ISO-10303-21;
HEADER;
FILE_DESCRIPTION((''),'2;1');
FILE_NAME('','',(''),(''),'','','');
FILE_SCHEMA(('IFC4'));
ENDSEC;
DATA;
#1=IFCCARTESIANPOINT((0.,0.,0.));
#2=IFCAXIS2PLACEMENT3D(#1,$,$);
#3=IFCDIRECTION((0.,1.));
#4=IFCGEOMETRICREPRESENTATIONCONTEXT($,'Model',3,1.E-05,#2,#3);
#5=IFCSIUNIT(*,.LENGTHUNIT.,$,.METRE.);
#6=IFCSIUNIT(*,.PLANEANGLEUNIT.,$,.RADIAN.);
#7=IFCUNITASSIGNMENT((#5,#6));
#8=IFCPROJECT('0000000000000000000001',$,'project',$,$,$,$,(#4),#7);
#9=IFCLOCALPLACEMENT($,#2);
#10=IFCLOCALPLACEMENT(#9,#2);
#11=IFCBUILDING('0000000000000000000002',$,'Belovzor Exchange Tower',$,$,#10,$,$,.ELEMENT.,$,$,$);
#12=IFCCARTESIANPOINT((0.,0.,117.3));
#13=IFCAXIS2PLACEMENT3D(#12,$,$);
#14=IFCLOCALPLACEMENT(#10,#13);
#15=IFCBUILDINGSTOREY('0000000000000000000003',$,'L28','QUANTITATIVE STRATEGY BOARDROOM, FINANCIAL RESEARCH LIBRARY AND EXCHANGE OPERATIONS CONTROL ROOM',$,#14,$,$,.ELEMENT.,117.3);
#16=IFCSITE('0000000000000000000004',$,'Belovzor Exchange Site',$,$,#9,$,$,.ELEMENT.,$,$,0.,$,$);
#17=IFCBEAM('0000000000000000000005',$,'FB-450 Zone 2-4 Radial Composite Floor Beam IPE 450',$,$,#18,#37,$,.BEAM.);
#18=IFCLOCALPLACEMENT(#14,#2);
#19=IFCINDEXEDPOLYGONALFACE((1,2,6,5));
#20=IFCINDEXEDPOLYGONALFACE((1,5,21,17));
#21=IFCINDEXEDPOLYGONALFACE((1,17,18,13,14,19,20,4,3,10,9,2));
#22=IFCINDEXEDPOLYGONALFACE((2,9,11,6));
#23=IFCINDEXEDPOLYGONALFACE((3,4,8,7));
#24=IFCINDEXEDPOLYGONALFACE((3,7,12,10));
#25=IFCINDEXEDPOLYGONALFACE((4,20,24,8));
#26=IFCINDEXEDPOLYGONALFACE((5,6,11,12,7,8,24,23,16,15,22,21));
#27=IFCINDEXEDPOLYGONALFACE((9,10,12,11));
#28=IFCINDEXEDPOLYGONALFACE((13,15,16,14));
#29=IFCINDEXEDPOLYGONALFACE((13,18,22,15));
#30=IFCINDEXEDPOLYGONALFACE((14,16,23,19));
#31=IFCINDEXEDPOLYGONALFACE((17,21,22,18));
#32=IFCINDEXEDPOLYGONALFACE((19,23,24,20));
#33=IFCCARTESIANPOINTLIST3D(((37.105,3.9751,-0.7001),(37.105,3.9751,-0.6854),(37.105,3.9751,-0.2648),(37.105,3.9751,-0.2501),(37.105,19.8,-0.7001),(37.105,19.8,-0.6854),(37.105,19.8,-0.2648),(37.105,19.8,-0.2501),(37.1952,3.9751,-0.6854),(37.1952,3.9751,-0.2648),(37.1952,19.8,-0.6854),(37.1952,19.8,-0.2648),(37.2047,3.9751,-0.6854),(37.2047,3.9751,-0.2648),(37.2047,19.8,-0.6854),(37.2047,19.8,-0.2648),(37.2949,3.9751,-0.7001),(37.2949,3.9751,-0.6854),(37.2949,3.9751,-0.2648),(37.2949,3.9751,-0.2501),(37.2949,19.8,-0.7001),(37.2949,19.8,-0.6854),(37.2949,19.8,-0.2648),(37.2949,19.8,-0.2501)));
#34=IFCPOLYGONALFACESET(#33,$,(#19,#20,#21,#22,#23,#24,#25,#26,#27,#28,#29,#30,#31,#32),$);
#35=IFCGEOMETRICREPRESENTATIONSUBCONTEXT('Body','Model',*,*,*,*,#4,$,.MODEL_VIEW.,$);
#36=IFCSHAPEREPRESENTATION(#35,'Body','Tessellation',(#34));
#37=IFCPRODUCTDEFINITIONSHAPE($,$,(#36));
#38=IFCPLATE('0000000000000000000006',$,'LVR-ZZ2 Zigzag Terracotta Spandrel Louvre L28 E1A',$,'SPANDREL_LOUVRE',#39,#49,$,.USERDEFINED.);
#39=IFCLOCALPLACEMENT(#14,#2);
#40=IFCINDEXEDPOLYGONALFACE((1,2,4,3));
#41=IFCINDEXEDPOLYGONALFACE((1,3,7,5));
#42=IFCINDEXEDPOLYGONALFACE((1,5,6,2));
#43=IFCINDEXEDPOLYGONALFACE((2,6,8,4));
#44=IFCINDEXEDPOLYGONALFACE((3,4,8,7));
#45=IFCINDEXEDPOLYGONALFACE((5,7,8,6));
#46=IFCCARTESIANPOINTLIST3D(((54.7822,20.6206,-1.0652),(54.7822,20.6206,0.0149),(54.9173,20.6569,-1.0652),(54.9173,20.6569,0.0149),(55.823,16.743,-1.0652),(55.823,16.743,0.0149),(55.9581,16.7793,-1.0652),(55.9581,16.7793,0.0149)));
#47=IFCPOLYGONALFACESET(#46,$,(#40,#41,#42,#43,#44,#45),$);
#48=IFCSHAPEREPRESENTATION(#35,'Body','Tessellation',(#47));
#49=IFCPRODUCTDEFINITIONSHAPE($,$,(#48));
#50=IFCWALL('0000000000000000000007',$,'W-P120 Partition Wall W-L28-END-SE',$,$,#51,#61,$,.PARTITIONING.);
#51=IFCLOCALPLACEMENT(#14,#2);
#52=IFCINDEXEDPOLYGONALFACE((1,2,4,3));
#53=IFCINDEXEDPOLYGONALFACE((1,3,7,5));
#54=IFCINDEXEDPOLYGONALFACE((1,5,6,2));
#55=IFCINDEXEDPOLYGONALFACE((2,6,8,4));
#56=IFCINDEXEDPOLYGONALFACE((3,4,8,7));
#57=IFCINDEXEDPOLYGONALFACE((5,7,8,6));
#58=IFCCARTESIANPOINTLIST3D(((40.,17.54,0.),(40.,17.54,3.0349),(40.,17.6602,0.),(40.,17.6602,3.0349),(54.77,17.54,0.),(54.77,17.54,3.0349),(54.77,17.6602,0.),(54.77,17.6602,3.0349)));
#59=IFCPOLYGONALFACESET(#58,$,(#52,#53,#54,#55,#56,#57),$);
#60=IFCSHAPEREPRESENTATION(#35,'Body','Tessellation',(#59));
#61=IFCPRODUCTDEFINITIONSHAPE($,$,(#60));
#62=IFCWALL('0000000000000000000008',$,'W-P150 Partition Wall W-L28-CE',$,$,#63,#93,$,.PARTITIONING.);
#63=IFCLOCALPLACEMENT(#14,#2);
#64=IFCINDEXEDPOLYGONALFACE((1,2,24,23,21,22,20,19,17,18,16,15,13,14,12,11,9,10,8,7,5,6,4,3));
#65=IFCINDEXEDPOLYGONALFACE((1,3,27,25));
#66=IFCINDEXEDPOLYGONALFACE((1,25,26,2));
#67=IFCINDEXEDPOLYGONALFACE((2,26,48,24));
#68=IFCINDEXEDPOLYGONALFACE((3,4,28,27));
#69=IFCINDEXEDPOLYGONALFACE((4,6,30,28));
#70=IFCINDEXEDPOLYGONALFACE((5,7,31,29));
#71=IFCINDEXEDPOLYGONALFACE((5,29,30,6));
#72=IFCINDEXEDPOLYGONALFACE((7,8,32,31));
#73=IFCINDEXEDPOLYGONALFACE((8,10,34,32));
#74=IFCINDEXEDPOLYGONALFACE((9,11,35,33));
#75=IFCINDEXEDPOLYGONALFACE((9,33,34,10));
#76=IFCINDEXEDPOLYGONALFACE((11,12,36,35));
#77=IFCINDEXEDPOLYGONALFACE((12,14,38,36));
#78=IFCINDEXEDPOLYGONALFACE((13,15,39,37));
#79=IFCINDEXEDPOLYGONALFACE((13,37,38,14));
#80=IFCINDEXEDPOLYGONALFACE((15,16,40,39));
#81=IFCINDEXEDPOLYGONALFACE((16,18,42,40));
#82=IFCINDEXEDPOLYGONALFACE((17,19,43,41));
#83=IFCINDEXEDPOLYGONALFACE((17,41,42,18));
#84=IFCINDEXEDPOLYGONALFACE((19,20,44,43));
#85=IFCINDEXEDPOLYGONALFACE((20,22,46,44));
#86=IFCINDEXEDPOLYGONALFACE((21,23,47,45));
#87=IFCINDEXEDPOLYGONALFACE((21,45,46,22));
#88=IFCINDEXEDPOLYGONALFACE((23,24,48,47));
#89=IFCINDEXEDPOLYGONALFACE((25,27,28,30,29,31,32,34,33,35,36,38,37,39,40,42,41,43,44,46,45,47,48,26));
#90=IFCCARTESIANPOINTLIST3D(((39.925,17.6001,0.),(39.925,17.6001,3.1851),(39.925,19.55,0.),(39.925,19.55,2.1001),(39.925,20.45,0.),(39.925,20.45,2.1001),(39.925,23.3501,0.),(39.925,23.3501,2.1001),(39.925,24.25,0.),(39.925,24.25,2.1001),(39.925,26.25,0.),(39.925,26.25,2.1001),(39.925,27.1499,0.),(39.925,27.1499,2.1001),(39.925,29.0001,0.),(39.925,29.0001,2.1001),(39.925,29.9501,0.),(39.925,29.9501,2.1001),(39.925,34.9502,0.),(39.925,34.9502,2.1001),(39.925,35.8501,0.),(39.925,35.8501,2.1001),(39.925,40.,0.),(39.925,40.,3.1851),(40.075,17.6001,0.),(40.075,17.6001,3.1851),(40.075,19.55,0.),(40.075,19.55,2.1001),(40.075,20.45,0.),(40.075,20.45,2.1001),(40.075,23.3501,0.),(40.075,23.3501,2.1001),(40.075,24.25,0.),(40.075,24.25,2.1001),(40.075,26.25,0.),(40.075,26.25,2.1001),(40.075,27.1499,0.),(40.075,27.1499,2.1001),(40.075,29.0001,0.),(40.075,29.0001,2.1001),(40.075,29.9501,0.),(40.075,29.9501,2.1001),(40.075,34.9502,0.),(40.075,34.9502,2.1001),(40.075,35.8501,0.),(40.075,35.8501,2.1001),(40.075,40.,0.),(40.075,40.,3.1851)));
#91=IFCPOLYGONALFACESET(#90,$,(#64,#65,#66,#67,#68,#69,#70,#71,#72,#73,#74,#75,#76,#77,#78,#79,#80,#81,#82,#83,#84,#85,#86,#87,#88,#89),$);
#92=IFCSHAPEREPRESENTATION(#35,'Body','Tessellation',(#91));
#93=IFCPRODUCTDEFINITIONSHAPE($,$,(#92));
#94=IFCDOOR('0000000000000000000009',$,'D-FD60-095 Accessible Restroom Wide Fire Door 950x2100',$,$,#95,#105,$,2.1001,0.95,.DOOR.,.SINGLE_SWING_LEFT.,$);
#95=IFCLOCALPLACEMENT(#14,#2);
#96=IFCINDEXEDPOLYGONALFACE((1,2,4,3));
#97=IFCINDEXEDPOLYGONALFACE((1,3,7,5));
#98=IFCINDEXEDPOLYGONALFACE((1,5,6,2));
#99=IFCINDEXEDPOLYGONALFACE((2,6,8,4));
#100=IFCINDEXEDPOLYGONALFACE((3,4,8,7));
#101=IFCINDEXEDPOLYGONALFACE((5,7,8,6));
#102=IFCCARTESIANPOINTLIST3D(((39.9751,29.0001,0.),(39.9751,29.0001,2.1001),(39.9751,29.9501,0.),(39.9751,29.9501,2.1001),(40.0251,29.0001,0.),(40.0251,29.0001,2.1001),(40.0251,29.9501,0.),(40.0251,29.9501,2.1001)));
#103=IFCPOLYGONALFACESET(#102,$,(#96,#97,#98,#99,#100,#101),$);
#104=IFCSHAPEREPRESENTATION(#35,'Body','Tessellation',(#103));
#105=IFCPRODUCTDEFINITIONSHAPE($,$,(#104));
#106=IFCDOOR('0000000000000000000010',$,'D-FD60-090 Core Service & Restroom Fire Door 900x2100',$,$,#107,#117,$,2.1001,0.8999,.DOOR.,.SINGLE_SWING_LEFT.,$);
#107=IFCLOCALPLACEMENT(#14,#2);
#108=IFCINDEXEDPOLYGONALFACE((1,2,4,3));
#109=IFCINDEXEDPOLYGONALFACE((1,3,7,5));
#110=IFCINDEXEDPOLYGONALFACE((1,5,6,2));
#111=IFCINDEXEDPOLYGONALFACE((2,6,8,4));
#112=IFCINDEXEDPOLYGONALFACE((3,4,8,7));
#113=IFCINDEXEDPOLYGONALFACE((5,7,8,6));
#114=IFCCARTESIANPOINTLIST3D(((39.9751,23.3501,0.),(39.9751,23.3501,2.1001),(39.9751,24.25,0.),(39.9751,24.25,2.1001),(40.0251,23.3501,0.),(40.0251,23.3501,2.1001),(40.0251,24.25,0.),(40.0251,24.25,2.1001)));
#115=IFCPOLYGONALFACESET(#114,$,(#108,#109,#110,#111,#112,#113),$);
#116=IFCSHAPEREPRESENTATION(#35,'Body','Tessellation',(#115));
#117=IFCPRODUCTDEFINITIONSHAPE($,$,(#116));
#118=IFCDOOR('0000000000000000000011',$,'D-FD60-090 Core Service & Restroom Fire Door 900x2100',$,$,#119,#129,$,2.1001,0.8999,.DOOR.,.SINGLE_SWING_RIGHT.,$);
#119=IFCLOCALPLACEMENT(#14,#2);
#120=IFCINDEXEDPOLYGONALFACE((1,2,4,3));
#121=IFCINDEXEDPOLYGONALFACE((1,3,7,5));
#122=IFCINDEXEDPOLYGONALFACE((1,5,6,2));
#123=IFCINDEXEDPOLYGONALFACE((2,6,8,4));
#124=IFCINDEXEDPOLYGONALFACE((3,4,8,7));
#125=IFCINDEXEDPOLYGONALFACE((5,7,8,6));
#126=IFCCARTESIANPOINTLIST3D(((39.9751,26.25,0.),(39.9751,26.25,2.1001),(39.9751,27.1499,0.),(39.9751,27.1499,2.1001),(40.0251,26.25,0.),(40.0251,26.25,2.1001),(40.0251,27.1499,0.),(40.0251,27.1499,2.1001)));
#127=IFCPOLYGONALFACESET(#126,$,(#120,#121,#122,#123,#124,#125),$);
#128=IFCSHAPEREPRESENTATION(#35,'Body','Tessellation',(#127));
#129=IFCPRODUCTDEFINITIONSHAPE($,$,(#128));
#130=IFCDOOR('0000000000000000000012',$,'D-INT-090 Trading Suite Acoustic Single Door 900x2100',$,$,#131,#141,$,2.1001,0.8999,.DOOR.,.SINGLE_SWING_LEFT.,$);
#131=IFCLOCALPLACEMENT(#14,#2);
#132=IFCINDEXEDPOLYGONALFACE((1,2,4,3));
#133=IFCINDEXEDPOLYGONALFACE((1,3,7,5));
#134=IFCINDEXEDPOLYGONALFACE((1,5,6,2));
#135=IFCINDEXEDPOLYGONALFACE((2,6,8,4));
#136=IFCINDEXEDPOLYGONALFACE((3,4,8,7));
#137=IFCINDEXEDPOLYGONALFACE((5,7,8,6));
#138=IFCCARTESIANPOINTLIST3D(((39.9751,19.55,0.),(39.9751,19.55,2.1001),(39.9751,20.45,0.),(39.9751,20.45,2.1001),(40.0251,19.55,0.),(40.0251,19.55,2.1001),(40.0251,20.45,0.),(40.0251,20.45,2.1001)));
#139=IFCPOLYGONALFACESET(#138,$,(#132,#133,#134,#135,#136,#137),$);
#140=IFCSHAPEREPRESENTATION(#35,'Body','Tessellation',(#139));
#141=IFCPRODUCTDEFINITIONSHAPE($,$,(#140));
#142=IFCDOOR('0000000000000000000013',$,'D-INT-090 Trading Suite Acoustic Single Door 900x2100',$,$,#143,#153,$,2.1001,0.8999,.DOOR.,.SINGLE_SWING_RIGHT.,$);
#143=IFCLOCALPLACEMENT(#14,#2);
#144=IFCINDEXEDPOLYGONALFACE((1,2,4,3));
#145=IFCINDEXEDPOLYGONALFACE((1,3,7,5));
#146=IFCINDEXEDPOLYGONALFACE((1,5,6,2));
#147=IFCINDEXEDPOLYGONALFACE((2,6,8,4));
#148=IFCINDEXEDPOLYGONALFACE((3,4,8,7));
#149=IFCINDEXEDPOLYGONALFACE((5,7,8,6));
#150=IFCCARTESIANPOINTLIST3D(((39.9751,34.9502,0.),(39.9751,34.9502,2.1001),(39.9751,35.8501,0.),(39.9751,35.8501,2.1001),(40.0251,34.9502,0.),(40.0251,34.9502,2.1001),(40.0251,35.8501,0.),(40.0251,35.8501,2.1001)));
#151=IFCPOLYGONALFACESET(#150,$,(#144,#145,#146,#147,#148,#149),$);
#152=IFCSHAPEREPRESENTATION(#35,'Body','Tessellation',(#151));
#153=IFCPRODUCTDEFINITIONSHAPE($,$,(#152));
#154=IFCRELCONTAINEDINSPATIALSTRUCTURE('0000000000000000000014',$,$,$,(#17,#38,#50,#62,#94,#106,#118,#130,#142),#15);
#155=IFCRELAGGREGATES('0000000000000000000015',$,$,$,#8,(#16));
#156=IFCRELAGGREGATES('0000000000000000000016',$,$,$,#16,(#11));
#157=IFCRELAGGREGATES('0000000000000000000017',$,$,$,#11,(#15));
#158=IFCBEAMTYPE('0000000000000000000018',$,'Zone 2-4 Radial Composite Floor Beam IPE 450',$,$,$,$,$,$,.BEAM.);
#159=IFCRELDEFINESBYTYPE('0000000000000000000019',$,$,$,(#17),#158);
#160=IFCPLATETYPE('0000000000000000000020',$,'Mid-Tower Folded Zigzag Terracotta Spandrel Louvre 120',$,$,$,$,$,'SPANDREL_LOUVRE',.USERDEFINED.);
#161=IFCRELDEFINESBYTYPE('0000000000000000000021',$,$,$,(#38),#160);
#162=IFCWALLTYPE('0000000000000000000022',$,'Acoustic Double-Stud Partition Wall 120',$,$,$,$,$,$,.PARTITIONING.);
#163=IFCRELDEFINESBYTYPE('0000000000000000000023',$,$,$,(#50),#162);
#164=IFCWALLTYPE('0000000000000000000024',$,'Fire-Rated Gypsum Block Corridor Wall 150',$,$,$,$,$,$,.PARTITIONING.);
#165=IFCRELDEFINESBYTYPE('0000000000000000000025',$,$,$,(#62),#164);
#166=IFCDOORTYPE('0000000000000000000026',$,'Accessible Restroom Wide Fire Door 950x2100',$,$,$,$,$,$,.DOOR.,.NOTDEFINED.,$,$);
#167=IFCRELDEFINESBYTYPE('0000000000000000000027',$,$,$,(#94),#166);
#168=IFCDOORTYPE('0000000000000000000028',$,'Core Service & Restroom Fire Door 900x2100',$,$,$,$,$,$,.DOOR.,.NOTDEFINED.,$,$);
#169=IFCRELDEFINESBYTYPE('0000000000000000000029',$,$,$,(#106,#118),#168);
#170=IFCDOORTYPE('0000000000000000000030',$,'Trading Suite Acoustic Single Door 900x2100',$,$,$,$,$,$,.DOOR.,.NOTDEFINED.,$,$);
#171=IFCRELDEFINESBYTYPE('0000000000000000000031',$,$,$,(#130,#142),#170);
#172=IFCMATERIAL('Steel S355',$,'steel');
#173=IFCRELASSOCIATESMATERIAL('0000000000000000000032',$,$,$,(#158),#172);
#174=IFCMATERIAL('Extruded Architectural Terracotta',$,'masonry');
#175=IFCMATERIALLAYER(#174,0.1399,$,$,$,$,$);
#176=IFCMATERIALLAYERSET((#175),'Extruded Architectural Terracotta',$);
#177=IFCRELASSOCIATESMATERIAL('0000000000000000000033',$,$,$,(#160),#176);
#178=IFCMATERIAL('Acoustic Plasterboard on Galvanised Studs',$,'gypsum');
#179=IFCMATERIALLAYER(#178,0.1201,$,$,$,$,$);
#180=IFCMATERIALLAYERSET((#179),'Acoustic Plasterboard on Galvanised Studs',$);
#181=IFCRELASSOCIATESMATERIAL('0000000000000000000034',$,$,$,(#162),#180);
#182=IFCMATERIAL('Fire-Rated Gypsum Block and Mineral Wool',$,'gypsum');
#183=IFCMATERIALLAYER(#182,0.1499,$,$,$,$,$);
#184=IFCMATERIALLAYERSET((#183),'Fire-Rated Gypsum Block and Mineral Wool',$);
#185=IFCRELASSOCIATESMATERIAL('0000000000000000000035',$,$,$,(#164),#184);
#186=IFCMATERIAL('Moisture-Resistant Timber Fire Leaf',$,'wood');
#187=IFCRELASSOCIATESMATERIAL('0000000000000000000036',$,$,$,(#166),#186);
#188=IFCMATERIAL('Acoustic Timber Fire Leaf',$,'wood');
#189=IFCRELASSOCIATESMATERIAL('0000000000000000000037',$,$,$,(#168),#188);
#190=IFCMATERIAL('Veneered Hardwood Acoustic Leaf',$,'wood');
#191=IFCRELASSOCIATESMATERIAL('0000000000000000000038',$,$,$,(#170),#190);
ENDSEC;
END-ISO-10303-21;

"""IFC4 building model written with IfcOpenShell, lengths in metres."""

from ifc_helpers import new_model, si_unit, direction, frame, frame_2d, origin, origin_2d, place, context, subcontext, project, spatial, rectangle, i_section, extrude, material, layer, layer_set, material_profile, profile_set, type_object, element, fill, save


model = new_model("IFC4")

# Units and contexts
model_context = context("Model", 3, precision=1e-05, world=origin(), true_north=direction((0.0, 1.0)))
body_context = subcontext(model_context, "Body", "Model", "MODEL_VIEW")
ifc_project = project(units=[si_unit("LENGTHUNIT", "METRE"), si_unit("PLANEANGLEUNIT", "RADIAN")], contexts=[model_context])

# Site, building, storey
site_placement = place(None, origin())
site = spatial("IfcSite", under=ifc_project, at=site_placement, Name="Belovzor Exchange Site", CompositionType="ELEMENT", RefElevation=0.0)
building_placement = place(site_placement, origin())
building = spatial("IfcBuilding", under=site, at=building_placement, Name="Belovzor Exchange Tower", CompositionType="ELEMENT")
storey_placement = place(building_placement, frame((0.0, 0.0, 117.3)))
storey = spatial("IfcBuildingStorey", under=building, at=storey_placement, Name="L28", Description="QUANTITATIVE STRATEGY BOARDROOM, FINANCIAL RESEARCH LIBRARY AND EXCHANGE OPERATIONS CONTROL ROOM", CompositionType="ELEMENT", Elevation=117.3)

# Beam
ifc_material_1 = material(Name="Steel S355", Category="steel")
ifc_material_profile_1 = material_profile(ifc_material_1, i_section(OverallWidth=0.1899, OverallDepth=0.45, WebThickness=0.0095, FlangeThickness=0.0146, at=origin_2d()))
ifc_profile_set_1 = profile_set([ifc_material_profile_1], Name="Steel S355")
beam_type_1 = type_object("IfcBeamType", Name="Zone 2-4 Radial Composite Floor Beam IPE 450", PredefinedType="BEAM", material=ifc_profile_set_1)
beam_1_placement = place(storey_placement, frame((37.2, 19.8, -0.4751), z_axis=(0.0, -1.0, 0.0), x_axis=(1.0, 0.0, 0.0)))
element("IfcBeam", 1, at=beam_1_placement, inside=storey, type_object=beam_type_1, Name="FB-450 Zone 2-4 Radial Composite Floor Beam IPE 450", PredefinedType="BEAM", context=body_context, shape_type="SweptSolid", body=[
    extrude(i_section(OverallWidth=0.1899, OverallDepth=0.45, WebThickness=0.0095, FlangeThickness=0.0146, at=origin_2d()), origin(), (0.0, 0.0, 1.0), 15.825),
])

# Plate
ifc_material_2 = material(Name="Extruded Architectural Terracotta", Category="masonry")
ifc_layer_1 = layer(ifc_material_2, 0.1399)
ifc_layer_set_1 = layer_set([ifc_layer_1], Name="Extruded Architectural Terracotta")
plate_type = type_object("IfcPlateType", Name="Mid-Tower Folded Zigzag Terracotta Spandrel Louvre 120", ElementType="SPANDREL_LOUVRE", PredefinedType="USERDEFINED", material=ifc_layer_set_1)
plate_placement = place(storey_placement, frame((55.3701, 18.7, -1.0652), z_axis=(0.0, 0.0, 1.0), x_axis=(-0.25924, 0.965813, 0.0)))
element("IfcPlate", 2, at=plate_placement, inside=storey, type_object=plate_type, Name="LVR-ZZ2 Zigzag Terracotta Spandrel Louvre L28 E1A", ObjectType="SPANDREL_LOUVRE", PredefinedType="USERDEFINED", context=body_context, shape_type="SweptSolid", body=[
    extrude(rectangle(XDim=4.0149, YDim=0.1399, at=origin_2d()), origin(), (0.0, 0.0, 1.0), 1.0801),
])

# Wall
ifc_material_3 = material(Name="Acoustic Plasterboard on Galvanised Studs", Category="gypsum")
ifc_layer_2 = layer(ifc_material_3, 0.1201)
ifc_layer_set_2 = layer_set([ifc_layer_2], Name="Acoustic Plasterboard on Galvanised Studs")
wall_type_1 = type_object("IfcWallType", Name="Acoustic Double-Stud Partition Wall 120", PredefinedType="PARTITIONING", material=ifc_layer_set_2)
wall_1_placement = place(storey_placement, frame((40.0, 17.6001, 0.0), z_axis=(0.0, 0.0, 1.0), x_axis=(1.0, 0.0, 0.0)))
element("IfcWall", 3, at=wall_1_placement, inside=storey, type_object=wall_type_1, Name="W-P120 Partition Wall W-L28-END-SE", PredefinedType="PARTITIONING", context=body_context, shape_type="SweptSolid", body=[
    extrude(rectangle(XDim=14.77, YDim=0.1201, at=frame_2d((7.385, 0.0))), origin(), (0.0, 0.0, 1.0), 3.0349),
])

# Wall, openings, doors
ifc_material_4 = material(Name="Fire-Rated Gypsum Block and Mineral Wool", Category="gypsum")
ifc_layer_3 = layer(ifc_material_4, 0.1499)
ifc_layer_set_3 = layer_set([ifc_layer_3], Name="Fire-Rated Gypsum Block and Mineral Wool")
wall_type_2 = type_object("IfcWallType", Name="Fire-Rated Gypsum Block Corridor Wall 150", PredefinedType="PARTITIONING", material=ifc_layer_set_3)
wall_2_placement = place(storey_placement, frame((40.0, 17.6001, 0.0), z_axis=(0.0, 0.0, 1.0), x_axis=(0.0, 1.0, 0.0)))
wall_2 = element("IfcWall", 4, at=wall_2_placement, inside=storey, type_object=wall_type_2, Name="W-P150 Partition Wall W-L28-CE", PredefinedType="PARTITIONING", context=body_context, shape_type="SweptSolid", body=[
    extrude(rectangle(XDim=22.3999, YDim=0.1499, at=frame_2d((11.2, 0.0))), origin(), (0.0, 0.0, 1.0), 3.1851),
])
opening_1_placement = place(wall_2_placement, frame((1.95, 0.0, 0.0)))
opening_1 = element("IfcOpeningElement", 5, at=opening_1_placement, cuts=wall_2, PredefinedType="OPENING", context=body_context, shape_type="SweptSolid", body=[
    extrude(rectangle(XDim=0.8999, YDim=2.1001, at=frame_2d((0.45, 1.05))), frame((0.0, 0.085, 0.0), z_axis=(0.0, -1.0, 0.0), x_axis=(1.0, 0.0, 0.0)), (0.0, 0.0, 1.0), 0.1699),
])
opening_2_placement = place(wall_2_placement, frame((5.75, 0.0, 0.0)))
opening_2 = element("IfcOpeningElement", 6, at=opening_2_placement, cuts=wall_2, PredefinedType="OPENING", context=body_context, shape_type="SweptSolid", body=[
    extrude(rectangle(XDim=0.8999, YDim=2.1001, at=frame_2d((0.45, 1.05))), frame((0.0, 0.085, 0.0), z_axis=(0.0, -1.0, 0.0), x_axis=(1.0, 0.0, 0.0)), (0.0, 0.0, 1.0), 0.1699),
])
opening_3_placement = place(wall_2_placement, frame((8.6499, 0.0, 0.0)))
opening_3 = element("IfcOpeningElement", 7, at=opening_3_placement, cuts=wall_2, PredefinedType="OPENING", context=body_context, shape_type="SweptSolid", body=[
    extrude(rectangle(XDim=0.8999, YDim=2.1001, at=frame_2d((0.45, 1.05))), frame((0.0, 0.085, 0.0), z_axis=(0.0, -1.0, 0.0), x_axis=(1.0, 0.0, 0.0)), (0.0, 0.0, 1.0), 0.1699),
])
opening_4_placement = place(wall_2_placement, frame((11.3999, 0.0, 0.0)))
opening_4 = element("IfcOpeningElement", 8, at=opening_4_placement, cuts=wall_2, PredefinedType="OPENING", context=body_context, shape_type="SweptSolid", body=[
    extrude(rectangle(XDim=0.95, YDim=2.1001, at=frame_2d((0.4751, 1.05))), frame((0.0, 0.085, 0.0), z_axis=(0.0, -1.0, 0.0), x_axis=(1.0, 0.0, 0.0)), (0.0, 0.0, 1.0), 0.1699),
])
opening_5_placement = place(wall_2_placement, frame((17.3501, 0.0, 0.0)))
opening_5 = element("IfcOpeningElement", 9, at=opening_5_placement, cuts=wall_2, PredefinedType="OPENING", context=body_context, shape_type="SweptSolid", body=[
    extrude(rectangle(XDim=0.8999, YDim=2.1001, at=frame_2d((0.45, 1.05))), frame((0.0, 0.085, 0.0), z_axis=(0.0, -1.0, 0.0), x_axis=(1.0, 0.0, 0.0)), (0.0, 0.0, 1.0), 0.1699),
])
ifc_material_5 = material(Name="Moisture-Resistant Timber Fire Leaf", Category="wood")
door_type_1 = type_object("IfcDoorType", Name="Accessible Restroom Wide Fire Door 950x2100", OperationType="NOTDEFINED", PredefinedType="DOOR", material=ifc_material_5)
door_1_placement = place(opening_4_placement, origin())
door_1 = element("IfcDoor", 10, at=door_1_placement, inside=storey, type_object=door_type_1, Name="D-FD60-095 Accessible Restroom Wide Fire Door 950x2100", OperationType="SINGLE_SWING_LEFT", OverallHeight=2.1001, OverallWidth=0.95, PredefinedType="DOOR", context=body_context, shape_type="SweptSolid", body=[
    extrude(rectangle(XDim=0.95, YDim=2.1001, at=frame_2d((0.4751, 1.05))), frame((0.0, 0.0249, 0.0), z_axis=(0.0, -1.0, 0.0), x_axis=(1.0, 0.0, 0.0)), (0.0, 0.0, 1.0), 0.05),
])
fill(opening_4, door_1)
ifc_material_6 = material(Name="Acoustic Timber Fire Leaf", Category="wood")
door_type_2 = type_object("IfcDoorType", Name="Core Service & Restroom Fire Door 900x2100", OperationType="NOTDEFINED", PredefinedType="DOOR", material=ifc_material_6)
door_2_placement = place(opening_2_placement, origin())
door_2 = element("IfcDoor", 11, at=door_2_placement, inside=storey, type_object=door_type_2, Name="D-FD60-090 Core Service & Restroom Fire Door 900x2100", OperationType="SINGLE_SWING_LEFT", OverallHeight=2.1001, OverallWidth=0.8999, PredefinedType="DOOR", context=body_context, shape_type="SweptSolid", body=[
    extrude(rectangle(XDim=0.8999, YDim=2.1001, at=frame_2d((0.45, 1.05))), frame((0.0, 0.0249, 0.0), z_axis=(0.0, -1.0, 0.0), x_axis=(1.0, 0.0, 0.0)), (0.0, 0.0, 1.0), 0.05),
])
fill(opening_2, door_2)
door_3_placement = place(opening_3_placement, origin())
door_3 = element("IfcDoor", 12, at=door_3_placement, inside=storey, type_object=door_type_2, Name="D-FD60-090 Core Service & Restroom Fire Door 900x2100", OperationType="SINGLE_SWING_RIGHT", OverallHeight=2.1001, OverallWidth=0.8999, PredefinedType="DOOR", context=body_context, shape_type="SweptSolid", body=[
    extrude(rectangle(XDim=0.8999, YDim=2.1001, at=frame_2d((0.45, 1.05))), frame((0.0, 0.0249, 0.0), z_axis=(0.0, -1.0, 0.0), x_axis=(1.0, 0.0, 0.0)), (0.0, 0.0, 1.0), 0.05),
])
fill(opening_3, door_3)
ifc_material_7 = material(Name="Veneered Hardwood Acoustic Leaf", Category="wood")
door_type_3 = type_object("IfcDoorType", Name="Trading Suite Acoustic Single Door 900x2100", OperationType="NOTDEFINED", PredefinedType="DOOR", material=ifc_material_7)
door_4_placement = place(opening_1_placement, origin())
door_4 = element("IfcDoor", 13, at=door_4_placement, inside=storey, type_object=door_type_3, Name="D-INT-090 Trading Suite Acoustic Single Door 900x2100", OperationType="SINGLE_SWING_LEFT", OverallHeight=2.1001, OverallWidth=0.8999, PredefinedType="DOOR", context=body_context, shape_type="SweptSolid", body=[
    extrude(rectangle(XDim=0.8999, YDim=2.1001, at=frame_2d((0.45, 1.05))), frame((0.0, 0.0249, 0.0), z_axis=(0.0, -1.0, 0.0), x_axis=(1.0, 0.0, 0.0)), (0.0, 0.0, 1.0), 0.05),
])
fill(opening_1, door_4)
door_5_placement = place(opening_5_placement, origin())
door_5 = element("IfcDoor", 14, at=door_5_placement, inside=storey, type_object=door_type_3, Name="D-INT-090 Trading Suite Acoustic Single Door 900x2100", OperationType="SINGLE_SWING_RIGHT", OverallHeight=2.1001, OverallWidth=0.8999, PredefinedType="DOOR", context=body_context, shape_type="SweptSolid", body=[
    extrude(rectangle(XDim=0.8999, YDim=2.1001, at=frame_2d((0.45, 1.05))), frame((0.0, 0.0249, 0.0), z_axis=(0.0, -1.0, 0.0), x_axis=(1.0, 0.0, 0.0)), (0.0, 0.0, 1.0), 0.05),
])
fill(opening_5, door_5)

save(model, "model.ifc")
